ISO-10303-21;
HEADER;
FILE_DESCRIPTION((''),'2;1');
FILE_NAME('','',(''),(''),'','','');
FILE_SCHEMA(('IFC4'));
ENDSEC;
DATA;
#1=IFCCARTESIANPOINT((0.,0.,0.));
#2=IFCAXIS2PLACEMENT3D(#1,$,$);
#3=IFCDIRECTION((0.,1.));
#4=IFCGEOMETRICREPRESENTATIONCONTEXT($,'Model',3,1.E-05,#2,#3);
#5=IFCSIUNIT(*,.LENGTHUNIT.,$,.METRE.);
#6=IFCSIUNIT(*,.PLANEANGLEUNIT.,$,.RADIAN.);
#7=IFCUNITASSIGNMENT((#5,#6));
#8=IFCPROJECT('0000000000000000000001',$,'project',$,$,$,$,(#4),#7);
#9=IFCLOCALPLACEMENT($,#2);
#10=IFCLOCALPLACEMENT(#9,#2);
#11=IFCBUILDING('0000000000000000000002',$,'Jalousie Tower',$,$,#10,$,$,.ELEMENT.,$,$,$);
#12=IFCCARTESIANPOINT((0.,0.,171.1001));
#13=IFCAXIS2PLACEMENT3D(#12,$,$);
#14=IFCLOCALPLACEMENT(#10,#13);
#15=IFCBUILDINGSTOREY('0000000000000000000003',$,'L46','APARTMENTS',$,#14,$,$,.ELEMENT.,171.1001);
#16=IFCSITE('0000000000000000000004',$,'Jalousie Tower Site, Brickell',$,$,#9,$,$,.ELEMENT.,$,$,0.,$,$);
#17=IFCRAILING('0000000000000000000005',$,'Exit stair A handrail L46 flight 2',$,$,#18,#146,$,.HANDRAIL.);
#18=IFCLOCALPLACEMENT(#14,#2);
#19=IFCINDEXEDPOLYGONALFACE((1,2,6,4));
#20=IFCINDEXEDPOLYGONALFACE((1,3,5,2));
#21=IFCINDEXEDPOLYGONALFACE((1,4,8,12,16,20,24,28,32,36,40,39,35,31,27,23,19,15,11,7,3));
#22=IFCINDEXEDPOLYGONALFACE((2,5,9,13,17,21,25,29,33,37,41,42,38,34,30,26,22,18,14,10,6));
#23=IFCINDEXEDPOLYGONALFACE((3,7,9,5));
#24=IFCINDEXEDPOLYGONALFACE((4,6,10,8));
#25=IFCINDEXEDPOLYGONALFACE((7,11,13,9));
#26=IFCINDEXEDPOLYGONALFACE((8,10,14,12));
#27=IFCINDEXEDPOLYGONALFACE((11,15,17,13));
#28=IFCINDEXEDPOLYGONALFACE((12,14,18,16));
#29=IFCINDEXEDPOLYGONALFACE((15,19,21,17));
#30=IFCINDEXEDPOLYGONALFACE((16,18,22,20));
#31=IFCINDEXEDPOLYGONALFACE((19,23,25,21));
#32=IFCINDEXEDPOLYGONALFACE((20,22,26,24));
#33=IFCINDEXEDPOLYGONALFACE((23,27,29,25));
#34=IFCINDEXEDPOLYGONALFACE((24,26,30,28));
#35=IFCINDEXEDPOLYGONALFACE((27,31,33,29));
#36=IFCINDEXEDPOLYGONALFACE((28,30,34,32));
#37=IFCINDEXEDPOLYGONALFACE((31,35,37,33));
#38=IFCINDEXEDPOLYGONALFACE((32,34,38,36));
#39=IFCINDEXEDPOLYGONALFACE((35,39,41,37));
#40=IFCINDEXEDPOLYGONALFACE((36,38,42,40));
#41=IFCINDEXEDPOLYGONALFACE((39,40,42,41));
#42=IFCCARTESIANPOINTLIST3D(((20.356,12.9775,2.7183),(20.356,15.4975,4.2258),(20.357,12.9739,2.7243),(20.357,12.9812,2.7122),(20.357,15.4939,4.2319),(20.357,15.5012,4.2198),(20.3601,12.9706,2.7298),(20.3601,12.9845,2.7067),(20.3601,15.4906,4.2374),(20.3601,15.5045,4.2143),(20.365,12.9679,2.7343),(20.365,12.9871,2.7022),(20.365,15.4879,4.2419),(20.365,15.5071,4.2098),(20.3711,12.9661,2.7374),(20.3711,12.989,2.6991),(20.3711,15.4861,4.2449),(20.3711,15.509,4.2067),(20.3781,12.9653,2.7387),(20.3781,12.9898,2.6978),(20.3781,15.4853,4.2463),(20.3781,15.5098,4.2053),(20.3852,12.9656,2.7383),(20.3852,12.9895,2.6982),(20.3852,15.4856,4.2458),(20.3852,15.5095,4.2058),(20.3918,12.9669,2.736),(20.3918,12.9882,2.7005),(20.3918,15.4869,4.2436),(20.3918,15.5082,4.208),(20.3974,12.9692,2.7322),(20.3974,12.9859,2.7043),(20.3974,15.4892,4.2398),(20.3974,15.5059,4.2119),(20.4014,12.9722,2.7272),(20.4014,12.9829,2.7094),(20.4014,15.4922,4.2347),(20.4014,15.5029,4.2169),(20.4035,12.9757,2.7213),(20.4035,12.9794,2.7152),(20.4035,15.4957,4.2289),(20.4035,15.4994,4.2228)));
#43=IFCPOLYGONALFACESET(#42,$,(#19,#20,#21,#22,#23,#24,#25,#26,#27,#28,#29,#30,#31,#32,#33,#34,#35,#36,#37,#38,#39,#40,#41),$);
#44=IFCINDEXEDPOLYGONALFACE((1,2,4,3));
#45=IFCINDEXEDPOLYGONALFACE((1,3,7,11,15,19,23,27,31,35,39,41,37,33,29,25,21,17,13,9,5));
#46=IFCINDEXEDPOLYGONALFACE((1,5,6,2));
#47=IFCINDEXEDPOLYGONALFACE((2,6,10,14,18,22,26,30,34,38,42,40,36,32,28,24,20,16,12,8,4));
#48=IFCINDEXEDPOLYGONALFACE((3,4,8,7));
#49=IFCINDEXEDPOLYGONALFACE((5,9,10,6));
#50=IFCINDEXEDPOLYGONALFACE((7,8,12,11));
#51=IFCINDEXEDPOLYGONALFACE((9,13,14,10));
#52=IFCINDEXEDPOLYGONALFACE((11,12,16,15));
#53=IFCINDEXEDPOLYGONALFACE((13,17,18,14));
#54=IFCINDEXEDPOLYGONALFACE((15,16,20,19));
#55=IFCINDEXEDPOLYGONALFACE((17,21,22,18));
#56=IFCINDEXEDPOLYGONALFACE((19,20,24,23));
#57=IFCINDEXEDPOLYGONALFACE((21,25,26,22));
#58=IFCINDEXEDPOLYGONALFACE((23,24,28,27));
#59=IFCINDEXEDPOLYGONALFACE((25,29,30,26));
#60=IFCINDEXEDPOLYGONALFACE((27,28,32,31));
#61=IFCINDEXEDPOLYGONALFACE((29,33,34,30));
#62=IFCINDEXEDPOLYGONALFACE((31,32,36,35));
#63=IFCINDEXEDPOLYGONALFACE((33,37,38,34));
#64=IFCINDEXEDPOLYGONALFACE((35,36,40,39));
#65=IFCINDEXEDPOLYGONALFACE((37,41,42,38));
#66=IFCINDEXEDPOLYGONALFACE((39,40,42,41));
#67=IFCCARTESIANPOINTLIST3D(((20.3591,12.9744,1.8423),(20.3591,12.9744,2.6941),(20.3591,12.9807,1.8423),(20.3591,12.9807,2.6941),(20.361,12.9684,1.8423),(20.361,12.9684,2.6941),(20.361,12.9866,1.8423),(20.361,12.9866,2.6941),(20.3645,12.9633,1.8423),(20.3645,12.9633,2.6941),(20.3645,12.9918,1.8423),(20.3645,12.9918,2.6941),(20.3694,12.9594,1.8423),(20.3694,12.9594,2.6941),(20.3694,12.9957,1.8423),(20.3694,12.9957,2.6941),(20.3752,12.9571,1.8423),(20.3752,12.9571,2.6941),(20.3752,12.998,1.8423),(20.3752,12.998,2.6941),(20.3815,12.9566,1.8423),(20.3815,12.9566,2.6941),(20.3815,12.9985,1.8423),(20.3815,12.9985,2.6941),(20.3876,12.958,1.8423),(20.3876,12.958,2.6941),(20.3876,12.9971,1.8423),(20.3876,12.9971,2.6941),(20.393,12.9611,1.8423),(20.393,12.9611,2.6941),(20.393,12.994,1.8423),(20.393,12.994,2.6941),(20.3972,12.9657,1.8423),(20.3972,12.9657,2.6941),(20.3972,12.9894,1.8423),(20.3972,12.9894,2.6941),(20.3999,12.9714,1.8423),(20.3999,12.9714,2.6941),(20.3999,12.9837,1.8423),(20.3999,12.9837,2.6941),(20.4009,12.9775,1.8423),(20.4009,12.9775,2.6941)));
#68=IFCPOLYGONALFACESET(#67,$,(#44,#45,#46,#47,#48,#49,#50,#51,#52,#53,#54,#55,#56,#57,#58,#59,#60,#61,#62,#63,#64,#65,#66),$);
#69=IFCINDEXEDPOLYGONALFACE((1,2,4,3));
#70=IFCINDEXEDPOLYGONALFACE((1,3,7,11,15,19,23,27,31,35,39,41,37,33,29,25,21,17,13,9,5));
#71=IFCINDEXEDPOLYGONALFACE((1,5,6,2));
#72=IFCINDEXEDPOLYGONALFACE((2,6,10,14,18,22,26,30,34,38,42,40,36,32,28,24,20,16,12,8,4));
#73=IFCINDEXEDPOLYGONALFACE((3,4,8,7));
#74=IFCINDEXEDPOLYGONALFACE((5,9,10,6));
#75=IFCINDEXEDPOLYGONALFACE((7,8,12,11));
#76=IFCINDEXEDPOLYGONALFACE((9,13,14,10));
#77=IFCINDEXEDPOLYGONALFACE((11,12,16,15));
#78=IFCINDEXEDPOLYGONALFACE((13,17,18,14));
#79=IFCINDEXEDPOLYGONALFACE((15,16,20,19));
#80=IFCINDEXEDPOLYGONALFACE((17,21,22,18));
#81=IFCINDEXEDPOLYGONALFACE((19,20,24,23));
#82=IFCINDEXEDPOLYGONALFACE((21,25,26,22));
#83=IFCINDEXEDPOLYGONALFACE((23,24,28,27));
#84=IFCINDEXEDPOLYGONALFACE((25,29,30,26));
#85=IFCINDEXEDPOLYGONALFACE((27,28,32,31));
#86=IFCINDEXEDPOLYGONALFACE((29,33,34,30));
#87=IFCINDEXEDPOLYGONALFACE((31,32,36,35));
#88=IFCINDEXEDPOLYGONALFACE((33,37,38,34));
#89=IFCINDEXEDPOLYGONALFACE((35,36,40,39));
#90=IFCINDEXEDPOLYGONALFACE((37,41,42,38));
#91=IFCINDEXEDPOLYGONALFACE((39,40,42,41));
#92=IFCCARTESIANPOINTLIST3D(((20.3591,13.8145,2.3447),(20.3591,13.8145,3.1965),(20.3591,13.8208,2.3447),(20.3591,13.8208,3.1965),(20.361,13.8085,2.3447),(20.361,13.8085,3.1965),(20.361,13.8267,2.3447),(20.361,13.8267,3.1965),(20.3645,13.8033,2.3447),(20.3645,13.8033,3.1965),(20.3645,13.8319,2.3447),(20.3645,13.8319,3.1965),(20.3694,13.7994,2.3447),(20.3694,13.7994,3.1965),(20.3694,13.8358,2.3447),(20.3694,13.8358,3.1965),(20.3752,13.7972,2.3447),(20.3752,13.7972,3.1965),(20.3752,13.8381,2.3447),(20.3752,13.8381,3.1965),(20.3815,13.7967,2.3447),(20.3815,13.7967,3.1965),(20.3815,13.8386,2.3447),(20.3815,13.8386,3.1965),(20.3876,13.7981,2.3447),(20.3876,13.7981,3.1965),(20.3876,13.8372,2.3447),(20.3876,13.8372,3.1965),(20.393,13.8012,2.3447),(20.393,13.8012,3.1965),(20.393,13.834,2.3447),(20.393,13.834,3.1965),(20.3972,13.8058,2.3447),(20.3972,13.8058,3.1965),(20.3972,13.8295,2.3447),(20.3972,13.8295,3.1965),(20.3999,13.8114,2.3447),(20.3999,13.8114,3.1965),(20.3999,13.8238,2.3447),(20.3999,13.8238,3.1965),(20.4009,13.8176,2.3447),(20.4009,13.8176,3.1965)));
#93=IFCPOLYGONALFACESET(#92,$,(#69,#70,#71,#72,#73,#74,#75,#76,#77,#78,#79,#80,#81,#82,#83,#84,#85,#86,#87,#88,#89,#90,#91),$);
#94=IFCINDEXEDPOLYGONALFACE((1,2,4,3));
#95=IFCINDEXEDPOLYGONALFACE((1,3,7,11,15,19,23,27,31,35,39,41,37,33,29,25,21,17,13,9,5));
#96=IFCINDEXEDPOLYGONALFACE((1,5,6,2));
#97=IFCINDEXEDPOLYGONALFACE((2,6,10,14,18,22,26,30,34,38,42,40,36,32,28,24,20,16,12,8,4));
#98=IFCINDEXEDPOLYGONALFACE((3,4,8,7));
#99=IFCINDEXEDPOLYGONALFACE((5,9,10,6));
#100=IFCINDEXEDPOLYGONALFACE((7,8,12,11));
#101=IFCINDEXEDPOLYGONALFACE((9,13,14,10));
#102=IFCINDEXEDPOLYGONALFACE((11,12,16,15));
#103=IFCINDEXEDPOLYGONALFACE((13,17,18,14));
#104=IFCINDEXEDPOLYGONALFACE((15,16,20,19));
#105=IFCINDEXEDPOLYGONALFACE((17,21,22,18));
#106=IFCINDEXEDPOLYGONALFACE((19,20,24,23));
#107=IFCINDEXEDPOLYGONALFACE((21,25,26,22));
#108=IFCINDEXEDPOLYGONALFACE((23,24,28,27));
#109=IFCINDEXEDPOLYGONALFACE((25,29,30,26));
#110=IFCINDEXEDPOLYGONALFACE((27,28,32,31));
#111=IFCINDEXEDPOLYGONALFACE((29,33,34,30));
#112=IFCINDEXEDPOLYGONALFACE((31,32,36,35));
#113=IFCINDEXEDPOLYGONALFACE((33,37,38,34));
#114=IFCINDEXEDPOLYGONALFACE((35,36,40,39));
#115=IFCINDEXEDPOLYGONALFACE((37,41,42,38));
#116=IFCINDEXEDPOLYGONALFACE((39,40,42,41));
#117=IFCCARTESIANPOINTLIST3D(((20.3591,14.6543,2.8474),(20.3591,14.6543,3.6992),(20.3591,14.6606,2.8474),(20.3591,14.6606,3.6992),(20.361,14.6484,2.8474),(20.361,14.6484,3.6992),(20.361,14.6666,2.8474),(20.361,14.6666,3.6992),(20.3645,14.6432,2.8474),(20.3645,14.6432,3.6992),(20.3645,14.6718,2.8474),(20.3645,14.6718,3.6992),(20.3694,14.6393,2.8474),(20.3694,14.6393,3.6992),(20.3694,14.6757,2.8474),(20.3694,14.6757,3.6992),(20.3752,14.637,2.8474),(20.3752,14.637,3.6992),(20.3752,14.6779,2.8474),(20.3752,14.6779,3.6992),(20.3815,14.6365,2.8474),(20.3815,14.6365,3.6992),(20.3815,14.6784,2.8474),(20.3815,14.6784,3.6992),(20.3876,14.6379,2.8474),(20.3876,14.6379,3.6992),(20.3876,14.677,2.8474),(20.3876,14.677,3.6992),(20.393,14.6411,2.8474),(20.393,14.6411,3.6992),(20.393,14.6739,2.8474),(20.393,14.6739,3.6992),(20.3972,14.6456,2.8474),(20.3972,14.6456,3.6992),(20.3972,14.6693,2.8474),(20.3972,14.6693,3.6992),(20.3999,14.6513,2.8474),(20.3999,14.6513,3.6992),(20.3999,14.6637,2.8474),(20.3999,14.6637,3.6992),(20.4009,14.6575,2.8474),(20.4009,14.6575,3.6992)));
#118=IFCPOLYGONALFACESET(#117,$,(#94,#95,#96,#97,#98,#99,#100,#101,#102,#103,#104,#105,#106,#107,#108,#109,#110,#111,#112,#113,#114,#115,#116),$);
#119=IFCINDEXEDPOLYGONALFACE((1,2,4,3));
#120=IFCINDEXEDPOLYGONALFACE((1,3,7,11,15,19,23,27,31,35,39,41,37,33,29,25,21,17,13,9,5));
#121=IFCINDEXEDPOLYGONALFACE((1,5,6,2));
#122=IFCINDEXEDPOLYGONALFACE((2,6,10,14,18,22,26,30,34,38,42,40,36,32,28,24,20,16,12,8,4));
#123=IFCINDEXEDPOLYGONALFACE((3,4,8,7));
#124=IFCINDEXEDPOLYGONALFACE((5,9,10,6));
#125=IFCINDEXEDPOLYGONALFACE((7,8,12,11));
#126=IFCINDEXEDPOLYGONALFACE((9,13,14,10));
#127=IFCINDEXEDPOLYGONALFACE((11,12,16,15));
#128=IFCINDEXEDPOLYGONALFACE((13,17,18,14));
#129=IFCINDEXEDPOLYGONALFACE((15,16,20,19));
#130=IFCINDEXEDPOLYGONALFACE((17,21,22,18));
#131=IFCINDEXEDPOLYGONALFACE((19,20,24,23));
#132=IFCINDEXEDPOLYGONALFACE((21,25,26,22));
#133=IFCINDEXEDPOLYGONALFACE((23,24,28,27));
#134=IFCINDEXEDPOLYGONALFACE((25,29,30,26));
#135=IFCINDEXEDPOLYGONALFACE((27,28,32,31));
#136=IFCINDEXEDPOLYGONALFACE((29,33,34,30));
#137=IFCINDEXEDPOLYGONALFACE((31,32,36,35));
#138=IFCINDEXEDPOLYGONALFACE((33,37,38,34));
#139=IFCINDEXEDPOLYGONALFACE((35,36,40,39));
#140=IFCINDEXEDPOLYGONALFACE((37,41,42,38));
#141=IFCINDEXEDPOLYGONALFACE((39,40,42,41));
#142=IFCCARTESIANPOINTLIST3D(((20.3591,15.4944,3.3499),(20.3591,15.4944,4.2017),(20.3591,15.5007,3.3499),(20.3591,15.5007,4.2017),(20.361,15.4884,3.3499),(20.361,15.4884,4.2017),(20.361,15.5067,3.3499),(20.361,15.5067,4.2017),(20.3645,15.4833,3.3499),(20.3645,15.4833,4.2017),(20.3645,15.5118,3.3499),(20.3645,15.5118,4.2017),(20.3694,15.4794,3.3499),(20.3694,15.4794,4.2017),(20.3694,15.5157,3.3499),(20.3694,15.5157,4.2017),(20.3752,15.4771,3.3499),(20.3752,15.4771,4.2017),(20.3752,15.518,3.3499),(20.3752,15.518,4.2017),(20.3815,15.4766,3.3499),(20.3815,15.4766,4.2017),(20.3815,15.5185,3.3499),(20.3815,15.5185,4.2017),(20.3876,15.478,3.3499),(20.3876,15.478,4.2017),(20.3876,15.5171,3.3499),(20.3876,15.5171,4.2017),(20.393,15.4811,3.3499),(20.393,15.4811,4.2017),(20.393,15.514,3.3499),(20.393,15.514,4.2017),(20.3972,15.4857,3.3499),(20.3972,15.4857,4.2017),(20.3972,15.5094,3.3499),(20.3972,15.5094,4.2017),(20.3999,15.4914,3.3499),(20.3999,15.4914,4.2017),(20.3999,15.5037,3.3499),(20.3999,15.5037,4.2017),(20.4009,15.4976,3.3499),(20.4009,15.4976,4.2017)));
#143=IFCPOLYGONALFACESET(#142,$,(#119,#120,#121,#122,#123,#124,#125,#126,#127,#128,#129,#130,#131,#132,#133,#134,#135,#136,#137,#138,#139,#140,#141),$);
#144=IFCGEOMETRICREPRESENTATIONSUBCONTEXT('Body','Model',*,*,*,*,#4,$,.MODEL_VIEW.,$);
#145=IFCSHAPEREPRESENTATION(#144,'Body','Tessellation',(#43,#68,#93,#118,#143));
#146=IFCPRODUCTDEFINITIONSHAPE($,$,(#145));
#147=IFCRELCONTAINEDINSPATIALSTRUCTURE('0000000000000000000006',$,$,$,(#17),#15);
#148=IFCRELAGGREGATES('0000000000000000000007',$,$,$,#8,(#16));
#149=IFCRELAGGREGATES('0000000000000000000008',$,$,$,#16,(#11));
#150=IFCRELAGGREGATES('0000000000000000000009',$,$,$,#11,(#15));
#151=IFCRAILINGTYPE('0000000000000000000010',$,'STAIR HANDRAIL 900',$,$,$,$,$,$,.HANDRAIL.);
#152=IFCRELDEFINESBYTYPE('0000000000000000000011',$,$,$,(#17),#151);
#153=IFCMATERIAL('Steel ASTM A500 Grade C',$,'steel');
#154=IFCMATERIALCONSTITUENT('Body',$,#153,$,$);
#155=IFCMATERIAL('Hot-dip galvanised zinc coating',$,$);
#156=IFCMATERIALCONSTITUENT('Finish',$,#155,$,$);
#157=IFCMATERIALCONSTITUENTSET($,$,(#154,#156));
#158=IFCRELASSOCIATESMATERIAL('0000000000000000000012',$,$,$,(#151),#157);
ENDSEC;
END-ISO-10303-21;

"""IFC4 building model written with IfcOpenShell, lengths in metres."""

from ifc_helpers import new_model, si_unit, direction, frame, origin, origin_2d, place, context, subcontext, project, spatial, circle, extrude, material, constituent, constituent_set, type_object, element, save


model = new_model("IFC4")

# Units and contexts
model_context = context("Model", 3, precision=1e-05, world=origin(), true_north=direction((0.0, 1.0)))
body_context = subcontext(model_context, "Body", "Model", "MODEL_VIEW")
ifc_project = project(units=[si_unit("LENGTHUNIT", "METRE"), si_unit("PLANEANGLEUNIT", "RADIAN")], contexts=[model_context])

# Site, building, storey
site_placement = place(None, origin())
site = spatial("IfcSite", under=ifc_project, at=site_placement, Name="Jalousie Tower Site, Brickell", CompositionType="ELEMENT", RefElevation=0.0)
building_placement = place(site_placement, origin())
building = spatial("IfcBuilding", under=site, at=building_placement, Name="Jalousie Tower", CompositionType="ELEMENT")
storey_placement = place(building_placement, frame((0.0, 0.0, 171.1001)))
storey = spatial("IfcBuildingStorey", under=building, at=storey_placement, Name="L46", Description="APARTMENTS", CompositionType="ELEMENT", Elevation=171.1001)

# Railing
ifc_material_1 = material(Name="Steel ASTM A500 Grade C", Category="steel")
ifc_constituent_1 = constituent(ifc_material_1, Name="Body")
ifc_material_2 = material(Name="Hot-dip galvanised zinc coating")
ifc_constituent_2 = constituent(ifc_material_2, Name="Finish")
ifc_constituent_set_1 = constituent_set(constituents=[ifc_constituent_1, ifc_constituent_2])
railing_type_1 = type_object("IfcRailingType", Name="STAIR HANDRAIL 900", PredefinedType="HANDRAIL", material=ifc_constituent_set_1)
railing_1_placement = place(storey_placement, frame((20.3799, 12.9775, 1.8423)))
element("IfcRailing", 1, at=railing_1_placement, inside=storey, type_object=railing_type_1, Name="Exit stair A handrail L46 flight 2", PredefinedType="HANDRAIL", context=body_context, shape_type="SweptSolid", body=[
    extrude(circle(Radius=0.0239, at=origin_2d()), frame((0.0, 0.0, 0.876), z_axis=(0.0, 0.85816, 0.513383), x_axis=(-1.0, 0.0, 0.0)), (0.0, 0.0, 1.0), 2.9365),
    extrude(circle(Radius=0.021, at=origin_2d()), origin(), (0.0, 0.0, 1.0), 0.8518),
    extrude(circle(Radius=0.021, at=origin_2d()), frame((0.0, 0.8401, 0.5024)), (0.0, 0.0, 1.0), 0.8518),
    extrude(circle(Radius=0.021, at=origin_2d()), frame((0.0, 1.6799, 1.0051)), (0.0, 0.0, 1.0), 0.8518),
    extrude(circle(Radius=0.021, at=origin_2d()), frame((0.0, 2.52, 1.5076)), (0.0, 0.0, 1.0), 0.8518),
])

save(model, "model.ifc")
